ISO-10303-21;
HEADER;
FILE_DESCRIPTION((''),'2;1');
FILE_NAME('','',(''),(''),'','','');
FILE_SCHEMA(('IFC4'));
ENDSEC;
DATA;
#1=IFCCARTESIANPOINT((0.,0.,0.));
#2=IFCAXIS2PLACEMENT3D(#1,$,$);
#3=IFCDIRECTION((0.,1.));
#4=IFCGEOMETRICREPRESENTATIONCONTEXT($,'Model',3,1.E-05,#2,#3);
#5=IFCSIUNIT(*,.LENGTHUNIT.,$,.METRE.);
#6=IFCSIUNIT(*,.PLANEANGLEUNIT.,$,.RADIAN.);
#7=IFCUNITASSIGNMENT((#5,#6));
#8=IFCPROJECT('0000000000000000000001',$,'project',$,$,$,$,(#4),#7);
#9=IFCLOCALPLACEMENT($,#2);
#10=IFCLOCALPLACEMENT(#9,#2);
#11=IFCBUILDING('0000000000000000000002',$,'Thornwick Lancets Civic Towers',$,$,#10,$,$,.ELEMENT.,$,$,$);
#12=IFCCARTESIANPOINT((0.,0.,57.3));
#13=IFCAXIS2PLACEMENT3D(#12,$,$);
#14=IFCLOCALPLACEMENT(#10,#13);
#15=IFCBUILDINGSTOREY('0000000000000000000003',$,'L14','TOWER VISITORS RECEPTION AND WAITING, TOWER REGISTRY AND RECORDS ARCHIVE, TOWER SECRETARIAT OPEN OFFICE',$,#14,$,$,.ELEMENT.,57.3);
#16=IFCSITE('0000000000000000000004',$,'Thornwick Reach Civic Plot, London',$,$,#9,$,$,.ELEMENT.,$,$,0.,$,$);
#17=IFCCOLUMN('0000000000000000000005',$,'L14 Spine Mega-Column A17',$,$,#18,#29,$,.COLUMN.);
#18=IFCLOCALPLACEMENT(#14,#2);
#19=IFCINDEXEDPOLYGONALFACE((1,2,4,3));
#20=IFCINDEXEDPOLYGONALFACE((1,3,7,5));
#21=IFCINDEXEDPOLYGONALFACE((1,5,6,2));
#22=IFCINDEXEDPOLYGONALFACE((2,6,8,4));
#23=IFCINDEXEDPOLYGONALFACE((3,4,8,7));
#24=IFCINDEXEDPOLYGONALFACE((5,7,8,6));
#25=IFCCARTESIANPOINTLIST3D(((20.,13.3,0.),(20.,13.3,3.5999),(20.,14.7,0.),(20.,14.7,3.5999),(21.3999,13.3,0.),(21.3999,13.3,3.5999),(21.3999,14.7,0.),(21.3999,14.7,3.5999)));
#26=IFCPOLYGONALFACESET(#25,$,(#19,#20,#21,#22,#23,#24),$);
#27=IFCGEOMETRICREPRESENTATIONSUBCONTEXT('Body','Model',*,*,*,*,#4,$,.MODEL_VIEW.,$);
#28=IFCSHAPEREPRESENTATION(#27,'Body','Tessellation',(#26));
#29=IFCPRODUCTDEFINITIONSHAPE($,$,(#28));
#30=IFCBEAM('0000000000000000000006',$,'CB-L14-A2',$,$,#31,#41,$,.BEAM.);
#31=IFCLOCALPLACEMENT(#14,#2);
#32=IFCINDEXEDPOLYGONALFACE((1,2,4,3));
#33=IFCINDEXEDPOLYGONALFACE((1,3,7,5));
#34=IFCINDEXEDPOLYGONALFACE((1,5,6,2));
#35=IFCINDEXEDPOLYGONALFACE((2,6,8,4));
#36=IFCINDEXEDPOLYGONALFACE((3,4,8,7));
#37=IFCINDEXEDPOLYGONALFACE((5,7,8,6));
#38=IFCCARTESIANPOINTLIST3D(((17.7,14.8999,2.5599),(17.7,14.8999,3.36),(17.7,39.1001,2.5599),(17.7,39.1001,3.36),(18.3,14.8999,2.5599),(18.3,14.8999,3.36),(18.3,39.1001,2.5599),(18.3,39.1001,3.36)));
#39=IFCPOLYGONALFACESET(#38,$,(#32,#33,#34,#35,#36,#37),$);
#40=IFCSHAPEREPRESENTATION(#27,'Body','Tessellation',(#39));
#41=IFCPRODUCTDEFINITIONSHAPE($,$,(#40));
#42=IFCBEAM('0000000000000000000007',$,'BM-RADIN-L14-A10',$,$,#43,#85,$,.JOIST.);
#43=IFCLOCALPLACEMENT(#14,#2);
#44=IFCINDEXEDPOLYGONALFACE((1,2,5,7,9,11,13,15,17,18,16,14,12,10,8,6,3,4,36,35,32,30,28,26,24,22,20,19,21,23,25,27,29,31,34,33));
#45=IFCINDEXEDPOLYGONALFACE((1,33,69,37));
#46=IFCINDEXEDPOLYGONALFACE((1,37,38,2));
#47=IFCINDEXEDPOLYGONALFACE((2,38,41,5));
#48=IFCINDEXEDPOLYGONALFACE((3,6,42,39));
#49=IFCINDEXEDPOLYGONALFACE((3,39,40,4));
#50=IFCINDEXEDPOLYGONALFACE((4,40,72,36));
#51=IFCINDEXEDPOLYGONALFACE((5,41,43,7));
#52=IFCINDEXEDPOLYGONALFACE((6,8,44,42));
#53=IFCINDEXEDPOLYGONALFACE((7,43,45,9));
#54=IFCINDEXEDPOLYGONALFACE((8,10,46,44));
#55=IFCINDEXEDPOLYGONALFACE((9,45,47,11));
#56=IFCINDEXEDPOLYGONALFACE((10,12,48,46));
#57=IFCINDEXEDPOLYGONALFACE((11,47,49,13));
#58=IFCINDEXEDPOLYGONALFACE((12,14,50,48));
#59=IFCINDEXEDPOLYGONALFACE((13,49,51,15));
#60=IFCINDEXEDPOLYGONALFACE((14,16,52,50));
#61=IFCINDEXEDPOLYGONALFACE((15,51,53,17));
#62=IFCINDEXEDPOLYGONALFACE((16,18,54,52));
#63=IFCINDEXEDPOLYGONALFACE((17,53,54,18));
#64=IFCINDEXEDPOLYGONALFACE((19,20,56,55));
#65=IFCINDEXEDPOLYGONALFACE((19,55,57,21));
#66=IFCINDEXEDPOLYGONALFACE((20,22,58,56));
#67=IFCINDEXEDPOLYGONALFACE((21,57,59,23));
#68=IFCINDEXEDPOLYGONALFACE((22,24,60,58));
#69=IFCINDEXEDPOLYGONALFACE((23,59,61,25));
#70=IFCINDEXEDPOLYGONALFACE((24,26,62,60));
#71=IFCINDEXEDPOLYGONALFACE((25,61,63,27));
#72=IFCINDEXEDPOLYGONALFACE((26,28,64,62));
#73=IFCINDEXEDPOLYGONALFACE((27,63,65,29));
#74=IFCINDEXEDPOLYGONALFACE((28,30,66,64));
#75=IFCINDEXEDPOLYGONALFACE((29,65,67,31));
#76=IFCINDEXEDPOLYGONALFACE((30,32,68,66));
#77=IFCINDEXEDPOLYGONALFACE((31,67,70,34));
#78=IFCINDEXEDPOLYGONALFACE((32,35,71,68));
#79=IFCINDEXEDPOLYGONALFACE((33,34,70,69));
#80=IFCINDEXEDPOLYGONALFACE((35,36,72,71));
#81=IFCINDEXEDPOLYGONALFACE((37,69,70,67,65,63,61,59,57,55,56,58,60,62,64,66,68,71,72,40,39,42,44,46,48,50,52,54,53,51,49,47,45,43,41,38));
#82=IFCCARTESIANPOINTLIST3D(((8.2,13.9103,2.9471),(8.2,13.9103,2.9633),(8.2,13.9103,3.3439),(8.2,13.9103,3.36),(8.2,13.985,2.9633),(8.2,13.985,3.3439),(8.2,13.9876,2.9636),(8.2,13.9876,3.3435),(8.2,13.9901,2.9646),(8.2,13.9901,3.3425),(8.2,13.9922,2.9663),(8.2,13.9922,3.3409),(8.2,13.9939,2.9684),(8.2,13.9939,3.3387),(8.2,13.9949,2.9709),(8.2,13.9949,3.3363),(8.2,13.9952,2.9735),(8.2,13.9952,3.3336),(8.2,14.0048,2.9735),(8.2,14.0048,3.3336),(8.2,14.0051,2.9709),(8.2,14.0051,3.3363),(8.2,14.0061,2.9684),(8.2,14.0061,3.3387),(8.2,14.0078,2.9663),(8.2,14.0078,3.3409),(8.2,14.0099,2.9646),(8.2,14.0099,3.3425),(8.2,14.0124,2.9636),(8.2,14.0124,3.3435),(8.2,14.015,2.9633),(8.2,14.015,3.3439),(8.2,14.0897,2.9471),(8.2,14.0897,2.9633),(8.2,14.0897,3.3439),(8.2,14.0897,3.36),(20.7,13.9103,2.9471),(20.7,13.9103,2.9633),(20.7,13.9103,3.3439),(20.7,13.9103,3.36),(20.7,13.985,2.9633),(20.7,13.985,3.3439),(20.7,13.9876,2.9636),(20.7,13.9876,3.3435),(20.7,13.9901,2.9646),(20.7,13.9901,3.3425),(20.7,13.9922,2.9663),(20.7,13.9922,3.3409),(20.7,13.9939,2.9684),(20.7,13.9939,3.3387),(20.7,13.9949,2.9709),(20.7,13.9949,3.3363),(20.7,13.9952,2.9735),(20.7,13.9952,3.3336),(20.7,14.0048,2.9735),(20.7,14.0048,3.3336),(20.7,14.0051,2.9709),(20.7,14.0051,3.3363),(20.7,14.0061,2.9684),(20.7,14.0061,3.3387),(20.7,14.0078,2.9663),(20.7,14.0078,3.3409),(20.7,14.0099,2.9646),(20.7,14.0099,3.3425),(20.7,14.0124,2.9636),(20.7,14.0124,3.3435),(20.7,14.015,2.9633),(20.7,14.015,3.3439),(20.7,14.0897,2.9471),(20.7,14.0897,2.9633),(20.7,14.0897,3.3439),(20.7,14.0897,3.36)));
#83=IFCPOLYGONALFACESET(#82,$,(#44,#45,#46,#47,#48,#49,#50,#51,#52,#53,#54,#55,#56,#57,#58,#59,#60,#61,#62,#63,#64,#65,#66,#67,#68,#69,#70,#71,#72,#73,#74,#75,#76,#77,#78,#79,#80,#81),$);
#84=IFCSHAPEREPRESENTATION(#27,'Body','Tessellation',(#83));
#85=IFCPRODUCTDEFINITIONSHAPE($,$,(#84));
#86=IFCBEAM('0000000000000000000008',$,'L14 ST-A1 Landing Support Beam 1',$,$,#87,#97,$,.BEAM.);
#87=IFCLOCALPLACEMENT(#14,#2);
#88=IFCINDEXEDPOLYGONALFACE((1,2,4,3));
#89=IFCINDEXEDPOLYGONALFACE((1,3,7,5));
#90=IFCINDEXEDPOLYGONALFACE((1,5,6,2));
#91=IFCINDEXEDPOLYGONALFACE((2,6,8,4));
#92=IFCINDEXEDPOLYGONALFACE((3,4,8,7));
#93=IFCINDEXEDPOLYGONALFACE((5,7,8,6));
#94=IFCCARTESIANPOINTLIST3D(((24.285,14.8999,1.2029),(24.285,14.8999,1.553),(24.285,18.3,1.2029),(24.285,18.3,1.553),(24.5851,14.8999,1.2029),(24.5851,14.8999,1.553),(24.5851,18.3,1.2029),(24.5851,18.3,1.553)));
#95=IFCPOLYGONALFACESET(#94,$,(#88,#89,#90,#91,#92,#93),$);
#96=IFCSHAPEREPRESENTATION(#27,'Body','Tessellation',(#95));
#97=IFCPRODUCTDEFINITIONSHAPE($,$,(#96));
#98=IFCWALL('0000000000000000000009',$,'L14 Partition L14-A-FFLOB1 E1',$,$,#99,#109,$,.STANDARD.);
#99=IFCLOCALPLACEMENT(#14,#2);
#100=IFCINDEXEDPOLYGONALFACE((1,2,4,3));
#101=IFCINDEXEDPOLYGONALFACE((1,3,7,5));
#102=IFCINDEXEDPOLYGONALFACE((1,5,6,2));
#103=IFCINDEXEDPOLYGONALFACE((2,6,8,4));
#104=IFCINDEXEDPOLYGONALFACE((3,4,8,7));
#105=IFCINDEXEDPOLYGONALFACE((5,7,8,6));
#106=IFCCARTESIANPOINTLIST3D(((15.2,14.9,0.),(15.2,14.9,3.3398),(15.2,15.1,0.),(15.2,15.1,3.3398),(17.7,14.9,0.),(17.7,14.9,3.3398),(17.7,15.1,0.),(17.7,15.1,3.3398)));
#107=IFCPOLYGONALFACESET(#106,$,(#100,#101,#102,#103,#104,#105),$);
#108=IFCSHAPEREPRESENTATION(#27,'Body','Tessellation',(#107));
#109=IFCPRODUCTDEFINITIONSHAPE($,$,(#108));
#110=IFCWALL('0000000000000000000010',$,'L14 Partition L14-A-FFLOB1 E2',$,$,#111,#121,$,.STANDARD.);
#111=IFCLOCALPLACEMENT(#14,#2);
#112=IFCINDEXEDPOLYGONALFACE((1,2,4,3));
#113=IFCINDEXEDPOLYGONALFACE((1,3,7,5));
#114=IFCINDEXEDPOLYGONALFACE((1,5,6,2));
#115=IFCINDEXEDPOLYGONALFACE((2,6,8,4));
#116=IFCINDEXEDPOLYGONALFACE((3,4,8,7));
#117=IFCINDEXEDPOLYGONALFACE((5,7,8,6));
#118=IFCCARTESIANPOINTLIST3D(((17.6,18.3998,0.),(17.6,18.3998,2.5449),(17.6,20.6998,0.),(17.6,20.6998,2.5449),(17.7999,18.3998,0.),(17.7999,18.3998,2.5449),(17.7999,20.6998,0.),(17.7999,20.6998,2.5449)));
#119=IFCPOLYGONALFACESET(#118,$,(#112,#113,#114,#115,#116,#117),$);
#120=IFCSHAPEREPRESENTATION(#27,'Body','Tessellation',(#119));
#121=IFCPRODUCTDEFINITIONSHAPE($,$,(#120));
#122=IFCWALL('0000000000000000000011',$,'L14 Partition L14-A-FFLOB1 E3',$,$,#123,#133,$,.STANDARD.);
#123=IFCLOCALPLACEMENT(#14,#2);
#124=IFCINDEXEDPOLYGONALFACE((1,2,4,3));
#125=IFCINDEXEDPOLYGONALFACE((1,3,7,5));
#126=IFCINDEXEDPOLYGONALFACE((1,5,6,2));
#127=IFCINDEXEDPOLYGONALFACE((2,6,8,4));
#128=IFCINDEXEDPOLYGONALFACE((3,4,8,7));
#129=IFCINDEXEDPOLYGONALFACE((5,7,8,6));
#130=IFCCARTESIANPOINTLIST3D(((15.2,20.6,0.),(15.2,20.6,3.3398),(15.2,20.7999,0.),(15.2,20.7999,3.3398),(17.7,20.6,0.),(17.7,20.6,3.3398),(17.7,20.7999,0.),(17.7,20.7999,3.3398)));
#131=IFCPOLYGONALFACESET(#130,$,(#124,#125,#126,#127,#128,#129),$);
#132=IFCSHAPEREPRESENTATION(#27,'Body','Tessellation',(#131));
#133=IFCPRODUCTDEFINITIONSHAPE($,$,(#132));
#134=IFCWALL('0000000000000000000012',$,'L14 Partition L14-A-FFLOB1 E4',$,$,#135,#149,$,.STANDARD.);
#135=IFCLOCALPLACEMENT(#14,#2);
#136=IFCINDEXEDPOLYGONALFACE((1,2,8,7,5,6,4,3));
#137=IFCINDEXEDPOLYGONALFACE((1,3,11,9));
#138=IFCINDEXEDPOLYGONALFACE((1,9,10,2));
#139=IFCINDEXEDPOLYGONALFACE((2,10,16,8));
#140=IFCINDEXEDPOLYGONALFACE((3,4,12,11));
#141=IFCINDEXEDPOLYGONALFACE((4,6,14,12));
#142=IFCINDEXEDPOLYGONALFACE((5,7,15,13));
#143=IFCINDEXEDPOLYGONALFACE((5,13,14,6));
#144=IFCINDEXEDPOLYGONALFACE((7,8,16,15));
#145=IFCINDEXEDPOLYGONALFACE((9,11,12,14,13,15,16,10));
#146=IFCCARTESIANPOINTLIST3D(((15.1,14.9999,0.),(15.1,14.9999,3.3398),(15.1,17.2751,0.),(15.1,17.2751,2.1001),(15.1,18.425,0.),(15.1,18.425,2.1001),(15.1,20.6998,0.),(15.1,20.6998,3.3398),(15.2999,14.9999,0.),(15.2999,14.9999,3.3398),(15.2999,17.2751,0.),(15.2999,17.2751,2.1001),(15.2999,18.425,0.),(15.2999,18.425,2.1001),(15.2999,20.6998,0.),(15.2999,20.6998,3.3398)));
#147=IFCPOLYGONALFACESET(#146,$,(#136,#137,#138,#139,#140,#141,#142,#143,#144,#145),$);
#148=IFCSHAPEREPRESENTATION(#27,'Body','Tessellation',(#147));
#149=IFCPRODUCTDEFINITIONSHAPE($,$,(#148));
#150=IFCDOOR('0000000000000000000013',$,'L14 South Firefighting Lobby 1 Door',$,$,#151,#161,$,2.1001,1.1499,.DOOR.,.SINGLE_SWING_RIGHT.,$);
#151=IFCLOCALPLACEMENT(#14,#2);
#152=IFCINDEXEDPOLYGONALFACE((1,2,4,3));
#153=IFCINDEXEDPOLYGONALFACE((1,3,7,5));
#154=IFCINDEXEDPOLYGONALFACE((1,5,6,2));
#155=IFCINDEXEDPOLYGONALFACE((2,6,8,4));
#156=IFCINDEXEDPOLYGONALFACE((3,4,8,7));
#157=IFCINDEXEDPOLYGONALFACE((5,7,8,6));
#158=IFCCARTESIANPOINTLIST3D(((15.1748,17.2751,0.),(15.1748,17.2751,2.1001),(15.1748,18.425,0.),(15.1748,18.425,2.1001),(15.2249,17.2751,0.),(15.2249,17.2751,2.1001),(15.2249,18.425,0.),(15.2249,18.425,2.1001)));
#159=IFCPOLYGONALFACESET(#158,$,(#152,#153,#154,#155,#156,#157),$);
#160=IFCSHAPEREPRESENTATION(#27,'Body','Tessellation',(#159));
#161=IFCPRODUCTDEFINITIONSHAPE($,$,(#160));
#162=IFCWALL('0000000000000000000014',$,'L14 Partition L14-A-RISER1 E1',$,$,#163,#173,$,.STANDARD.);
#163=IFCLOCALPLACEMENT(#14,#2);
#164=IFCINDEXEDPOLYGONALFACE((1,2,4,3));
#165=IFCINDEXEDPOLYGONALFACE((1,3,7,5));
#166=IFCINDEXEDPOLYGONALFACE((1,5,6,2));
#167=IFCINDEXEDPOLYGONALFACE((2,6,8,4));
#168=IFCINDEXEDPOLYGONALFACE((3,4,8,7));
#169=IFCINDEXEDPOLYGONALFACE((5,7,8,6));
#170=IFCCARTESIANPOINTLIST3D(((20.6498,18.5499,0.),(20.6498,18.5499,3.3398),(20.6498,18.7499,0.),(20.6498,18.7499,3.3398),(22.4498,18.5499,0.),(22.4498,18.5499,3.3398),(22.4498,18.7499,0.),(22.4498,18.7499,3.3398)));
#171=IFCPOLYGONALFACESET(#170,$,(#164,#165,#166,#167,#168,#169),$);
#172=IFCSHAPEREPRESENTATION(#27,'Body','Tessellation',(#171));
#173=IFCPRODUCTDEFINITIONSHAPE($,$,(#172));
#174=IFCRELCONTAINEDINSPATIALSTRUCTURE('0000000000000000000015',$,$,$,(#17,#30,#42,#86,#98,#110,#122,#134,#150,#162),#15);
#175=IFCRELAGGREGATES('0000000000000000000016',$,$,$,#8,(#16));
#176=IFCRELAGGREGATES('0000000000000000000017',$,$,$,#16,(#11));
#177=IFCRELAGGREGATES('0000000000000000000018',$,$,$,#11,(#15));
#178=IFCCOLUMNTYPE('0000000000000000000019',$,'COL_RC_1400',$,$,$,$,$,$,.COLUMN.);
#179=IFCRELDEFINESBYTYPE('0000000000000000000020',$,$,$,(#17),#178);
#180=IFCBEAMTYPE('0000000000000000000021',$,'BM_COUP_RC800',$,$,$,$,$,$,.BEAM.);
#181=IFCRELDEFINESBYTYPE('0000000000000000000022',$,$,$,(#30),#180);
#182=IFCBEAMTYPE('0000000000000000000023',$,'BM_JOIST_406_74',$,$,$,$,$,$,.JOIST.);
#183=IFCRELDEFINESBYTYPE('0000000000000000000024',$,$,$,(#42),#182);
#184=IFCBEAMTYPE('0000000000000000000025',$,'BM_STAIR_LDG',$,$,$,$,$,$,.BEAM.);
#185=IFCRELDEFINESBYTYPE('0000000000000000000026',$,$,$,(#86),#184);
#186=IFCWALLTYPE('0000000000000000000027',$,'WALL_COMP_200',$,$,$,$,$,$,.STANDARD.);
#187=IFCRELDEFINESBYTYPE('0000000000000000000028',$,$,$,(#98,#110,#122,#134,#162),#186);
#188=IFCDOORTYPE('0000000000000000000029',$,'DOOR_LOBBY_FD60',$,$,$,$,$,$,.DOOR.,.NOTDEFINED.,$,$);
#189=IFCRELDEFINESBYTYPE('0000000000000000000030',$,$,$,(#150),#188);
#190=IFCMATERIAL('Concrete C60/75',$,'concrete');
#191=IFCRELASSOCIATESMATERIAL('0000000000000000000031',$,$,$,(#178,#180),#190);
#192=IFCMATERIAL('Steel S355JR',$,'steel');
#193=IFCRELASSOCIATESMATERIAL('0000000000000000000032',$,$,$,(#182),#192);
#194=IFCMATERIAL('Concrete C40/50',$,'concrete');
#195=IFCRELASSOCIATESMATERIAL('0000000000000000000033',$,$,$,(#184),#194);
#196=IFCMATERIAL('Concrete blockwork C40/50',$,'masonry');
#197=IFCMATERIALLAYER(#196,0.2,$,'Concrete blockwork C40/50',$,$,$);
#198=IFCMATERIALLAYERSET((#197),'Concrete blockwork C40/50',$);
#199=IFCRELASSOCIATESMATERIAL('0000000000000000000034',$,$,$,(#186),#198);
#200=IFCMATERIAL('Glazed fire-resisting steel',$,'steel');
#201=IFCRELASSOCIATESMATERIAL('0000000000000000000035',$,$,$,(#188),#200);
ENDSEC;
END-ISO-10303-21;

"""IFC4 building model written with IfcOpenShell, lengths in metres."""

from ifc_helpers import new_model, si_unit, direction, frame, frame_2d, origin, origin_2d, place, context, subcontext, project, spatial, rectangle, i_section, extrude, material, layer, layer_set, material_profile, profile_set, type_object, element, fill, save


model = new_model("IFC4")

# Units and contexts
model_context = context("Model", 3, precision=1e-05, world=origin(), true_north=direction((0.0, 1.0)))
body_context = subcontext(model_context, "Body", "Model", "MODEL_VIEW")
ifc_project = project(units=[si_unit("LENGTHUNIT", "METRE"), si_unit("PLANEANGLEUNIT", "RADIAN")], contexts=[model_context])

# Site, building, storey
site_placement = place(None, origin())
site = spatial("IfcSite", under=ifc_project, at=site_placement, Name="Thornwick Reach Civic Plot, London", CompositionType="ELEMENT", RefElevation=0.0)
building_placement = place(site_placement, origin())
building = spatial("IfcBuilding", under=site, at=building_placement, Name="Thornwick Lancets Civic Towers", CompositionType="ELEMENT")
storey_placement = place(building_placement, frame((0.0, 0.0, 57.3)))
storey = spatial("IfcBuildingStorey", under=building, at=storey_placement, Name="L14", Description="TOWER VISITORS RECEPTION AND WAITING, TOWER REGISTRY AND RECORDS ARCHIVE, TOWER SECRETARIAT OPEN OFFICE", CompositionType="ELEMENT", Elevation=57.3)

# Column
ifc_material_1 = material(Name="Concrete C60/75", Category="concrete")
ifc_material_profile_1 = material_profile(ifc_material_1, rectangle(XDim=1.3999, YDim=1.3999, at=origin_2d()), Name="RC 1400x1400")
ifc_profile_set_1 = profile_set([ifc_material_profile_1], Name="Concrete C60/75")
column_type = type_object("IfcColumnType", Name="COL_RC_1400", PredefinedType="COLUMN", material=ifc_profile_set_1)
column_placement = place(storey_placement, frame((20.7, 14.0, 0.0), z_axis=(0.0, 0.0, 1.0), x_axis=(1.0, 0.0, 0.0)))
element("IfcColumn", 1, at=column_placement, inside=storey, type_object=column_type, Name="L14 Spine Mega-Column A17", PredefinedType="COLUMN", context=body_context, shape_type="SweptSolid", body=[
    extrude(rectangle(XDim=1.3999, YDim=1.3999, at=origin_2d()), origin(), (0.0, 0.0, 1.0), 3.5999),
])

# Beams
ifc_material_profile_2 = material_profile(ifc_material_1, rectangle(XDim=0.6001, YDim=0.8, at=origin_2d()), Name="RC 600x800")
ifc_profile_set_2 = profile_set([ifc_material_profile_2], Name="Concrete C60/75")
beam_type_1 = type_object("IfcBeamType", Name="BM_COUP_RC800", PredefinedType="BEAM", material=ifc_profile_set_2)
beam_1_placement = place(storey_placement, frame((18.0, 14.8999, 2.96), z_axis=(0.0, 1.0, 0.0), x_axis=(-1.0, 0.0, 0.0)))
element("IfcBeam", 2, at=beam_1_placement, inside=storey, type_object=beam_type_1, Name="CB-L14-A2", PredefinedType="BEAM", context=body_context, shape_type="SweptSolid", body=[
    extrude(rectangle(XDim=0.6001, YDim=0.8, at=origin_2d()), origin(), (0.0, 0.0, 1.0), 24.2002),
])
ifc_material_2 = material(Name="Steel S355JR", Category="steel")
ifc_material_profile_3 = material_profile(ifc_material_2, i_section(OverallWidth=0.1794, OverallDepth=0.4128, WebThickness=0.0095, FlangeThickness=0.0161, FilletRadius=0.0103, at=origin_2d()), Name="UKB 406x178x74")
ifc_profile_set_3 = profile_set([ifc_material_profile_3], Name="Steel S355JR")
beam_type_2 = type_object("IfcBeamType", Name="BM_JOIST_406_74", PredefinedType="JOIST", material=ifc_profile_set_3)
beam_2_placement = place(storey_placement, frame((20.7, 14.0, 3.1536), z_axis=(-1.0, 0.0, 0.0), x_axis=(0.0, -1.0, 0.0)))
element("IfcBeam", 3, at=beam_2_placement, inside=storey, type_object=beam_type_2, Name="BM-RADIN-L14-A10", PredefinedType="JOIST", context=body_context, shape_type="SweptSolid", body=[
    extrude(i_section(OverallWidth=0.1794, OverallDepth=0.4128, WebThickness=0.0095, FlangeThickness=0.0161, FilletRadius=0.0103, at=origin_2d()), origin(), (0.0, 0.0, 1.0), 12.5),
])
ifc_material_3 = material(Name="Concrete C40/50", Category="concrete")
ifc_material_profile_4 = material_profile(ifc_material_3, rectangle(XDim=0.3, YDim=0.3501, at=origin_2d()), Name="RC 300x350")
ifc_profile_set_4 = profile_set([ifc_material_profile_4], Name="Concrete C40/50")
beam_type_3 = type_object("IfcBeamType", Name="BM_STAIR_LDG", PredefinedType="BEAM", material=ifc_profile_set_4)
beam_3_placement = place(storey_placement, frame((24.4351, 14.8999, 1.3779), z_axis=(0.0, 1.0, 0.0), x_axis=(-1.0, 0.0, 0.0)))
element("IfcBeam", 4, at=beam_3_placement, inside=storey, type_object=beam_type_3, Name="L14 ST-A1 Landing Support Beam 1", PredefinedType="BEAM", context=body_context, shape_type="SweptSolid", body=[
    extrude(rectangle(XDim=0.3, YDim=0.3501, at=origin_2d()), origin(), (0.0, 0.0, 1.0), 3.4001),
])

# Walls
ifc_material_4 = material(Name="Concrete blockwork C40/50", Category="masonry")
ifc_layer_1 = layer(ifc_material_4, 0.2, Name="Concrete blockwork C40/50")
ifc_layer_set_1 = layer_set([ifc_layer_1], Name="Concrete blockwork C40/50")
wall_type_1 = type_object("IfcWallType", Name="WALL_COMP_200", PredefinedType="STANDARD", material=ifc_layer_set_1)
wall_1_placement = place(storey_placement, frame((15.2, 15.0, 0.0), z_axis=(0.0, 0.0, 1.0), x_axis=(1.0, 0.0, 0.0)))
element("IfcWall", 5, at=wall_1_placement, inside=storey, type_object=wall_type_1, Name="L14 Partition L14-A-FFLOB1 E1", PredefinedType="STANDARD", context=body_context, shape_type="SweptSolid", body=[
    extrude(rectangle(XDim=2.5, YDim=0.2, at=frame_2d((1.25, 0.0))), origin(), (0.0, 0.0, 1.0), 3.3398),
])
wall_2_placement = place(storey_placement, frame((17.7, 18.3999, 0.0), z_axis=(0.0, 0.0, 1.0), x_axis=(0.0, 1.0, 0.0)))
element("IfcWall", 6, at=wall_2_placement, inside=storey, type_object=wall_type_1, Name="L14 Partition L14-A-FFLOB1 E2", PredefinedType="STANDARD", context=body_context, shape_type="SweptSolid", body=[
    extrude(rectangle(XDim=2.3, YDim=0.2, at=frame_2d((1.1499, 0.0))), origin(), (0.0, 0.0, 1.0), 2.5449),
])
wall_3_placement = place(storey_placement, frame((17.7, 20.7, 0.0), z_axis=(0.0, 0.0, 1.0), x_axis=(-1.0, 0.0, 0.0)))
element("IfcWall", 7, at=wall_3_placement, inside=storey, type_object=wall_type_1, Name="L14 Partition L14-A-FFLOB1 E3", PredefinedType="STANDARD", context=body_context, shape_type="SweptSolid", body=[
    extrude(rectangle(XDim=2.5, YDim=0.2, at=frame_2d((1.25, 0.0))), origin(), (0.0, 0.0, 1.0), 3.3398),
])

# Wall, opening, door
wall_4_placement = place(storey_placement, frame((15.2, 20.7, 0.0), z_axis=(0.0, 0.0, 1.0), x_axis=(0.0, -1.0, 0.0)))
wall_4 = element("IfcWall", 8, at=wall_4_placement, inside=storey, type_object=wall_type_1, Name="L14 Partition L14-A-FFLOB1 E4", PredefinedType="STANDARD", context=body_context, shape_type="SweptSolid", body=[
    extrude(rectangle(XDim=5.7, YDim=0.2, at=frame_2d((2.8501, 0.0))), origin(), (0.0, 0.0, 1.0), 3.3398),
])
opening_1_placement = place(wall_4_placement, frame((2.2749, 0.0, 0.0)))
opening_1 = element("IfcOpeningElement", 9, at=opening_1_placement, cuts=wall_4, PredefinedType="OPENING", context=body_context, shape_type="SweptSolid", body=[
    extrude(rectangle(XDim=1.1499, YDim=2.1001, at=frame_2d((0.575, 1.05))), frame((0.0, 0.1099, 0.0), z_axis=(0.0, -1.0, 0.0), x_axis=(1.0, 0.0, 0.0)), (0.0, 0.0, 1.0), 0.22),
])
ifc_material_5 = material(Name="Glazed fire-resisting steel", Category="steel")
door_type_1 = type_object("IfcDoorType", Name="DOOR_LOBBY_FD60", OperationType="NOTDEFINED", PredefinedType="DOOR", material=ifc_material_5)
door_1_placement = place(opening_1_placement, origin())
door_1 = element("IfcDoor", 10, at=door_1_placement, inside=storey, type_object=door_type_1, Name="L14 South Firefighting Lobby 1 Door", OperationType="SINGLE_SWING_RIGHT", OverallHeight=2.1001, OverallWidth=1.1499, PredefinedType="DOOR", context=body_context, shape_type="SweptSolid", body=[
    extrude(rectangle(XDim=1.1499, YDim=2.1001, at=frame_2d((0.575, 1.05))), frame((0.0, 0.0249, 0.0), z_axis=(0.0, -1.0, 0.0), x_axis=(1.0, 0.0, 0.0)), (0.0, 0.0, 1.0), 0.05),
])
fill(opening_1, door_1)

# Wall
wall_5_placement = place(storey_placement, frame((20.6499, 18.6499, 0.0), z_axis=(0.0, 0.0, 1.0), x_axis=(1.0, 0.0, 0.0)))
element("IfcWall", 11, at=wall_5_placement, inside=storey, type_object=wall_type_1, Name="L14 Partition L14-A-RISER1 E1", PredefinedType="STANDARD", context=body_context, shape_type="SweptSolid", body=[
    extrude(rectangle(XDim=1.8, YDim=0.2, at=frame_2d((0.8999, 0.0))), origin(), (0.0, 0.0, 1.0), 3.3398),
])

save(model, "model.ifc")
